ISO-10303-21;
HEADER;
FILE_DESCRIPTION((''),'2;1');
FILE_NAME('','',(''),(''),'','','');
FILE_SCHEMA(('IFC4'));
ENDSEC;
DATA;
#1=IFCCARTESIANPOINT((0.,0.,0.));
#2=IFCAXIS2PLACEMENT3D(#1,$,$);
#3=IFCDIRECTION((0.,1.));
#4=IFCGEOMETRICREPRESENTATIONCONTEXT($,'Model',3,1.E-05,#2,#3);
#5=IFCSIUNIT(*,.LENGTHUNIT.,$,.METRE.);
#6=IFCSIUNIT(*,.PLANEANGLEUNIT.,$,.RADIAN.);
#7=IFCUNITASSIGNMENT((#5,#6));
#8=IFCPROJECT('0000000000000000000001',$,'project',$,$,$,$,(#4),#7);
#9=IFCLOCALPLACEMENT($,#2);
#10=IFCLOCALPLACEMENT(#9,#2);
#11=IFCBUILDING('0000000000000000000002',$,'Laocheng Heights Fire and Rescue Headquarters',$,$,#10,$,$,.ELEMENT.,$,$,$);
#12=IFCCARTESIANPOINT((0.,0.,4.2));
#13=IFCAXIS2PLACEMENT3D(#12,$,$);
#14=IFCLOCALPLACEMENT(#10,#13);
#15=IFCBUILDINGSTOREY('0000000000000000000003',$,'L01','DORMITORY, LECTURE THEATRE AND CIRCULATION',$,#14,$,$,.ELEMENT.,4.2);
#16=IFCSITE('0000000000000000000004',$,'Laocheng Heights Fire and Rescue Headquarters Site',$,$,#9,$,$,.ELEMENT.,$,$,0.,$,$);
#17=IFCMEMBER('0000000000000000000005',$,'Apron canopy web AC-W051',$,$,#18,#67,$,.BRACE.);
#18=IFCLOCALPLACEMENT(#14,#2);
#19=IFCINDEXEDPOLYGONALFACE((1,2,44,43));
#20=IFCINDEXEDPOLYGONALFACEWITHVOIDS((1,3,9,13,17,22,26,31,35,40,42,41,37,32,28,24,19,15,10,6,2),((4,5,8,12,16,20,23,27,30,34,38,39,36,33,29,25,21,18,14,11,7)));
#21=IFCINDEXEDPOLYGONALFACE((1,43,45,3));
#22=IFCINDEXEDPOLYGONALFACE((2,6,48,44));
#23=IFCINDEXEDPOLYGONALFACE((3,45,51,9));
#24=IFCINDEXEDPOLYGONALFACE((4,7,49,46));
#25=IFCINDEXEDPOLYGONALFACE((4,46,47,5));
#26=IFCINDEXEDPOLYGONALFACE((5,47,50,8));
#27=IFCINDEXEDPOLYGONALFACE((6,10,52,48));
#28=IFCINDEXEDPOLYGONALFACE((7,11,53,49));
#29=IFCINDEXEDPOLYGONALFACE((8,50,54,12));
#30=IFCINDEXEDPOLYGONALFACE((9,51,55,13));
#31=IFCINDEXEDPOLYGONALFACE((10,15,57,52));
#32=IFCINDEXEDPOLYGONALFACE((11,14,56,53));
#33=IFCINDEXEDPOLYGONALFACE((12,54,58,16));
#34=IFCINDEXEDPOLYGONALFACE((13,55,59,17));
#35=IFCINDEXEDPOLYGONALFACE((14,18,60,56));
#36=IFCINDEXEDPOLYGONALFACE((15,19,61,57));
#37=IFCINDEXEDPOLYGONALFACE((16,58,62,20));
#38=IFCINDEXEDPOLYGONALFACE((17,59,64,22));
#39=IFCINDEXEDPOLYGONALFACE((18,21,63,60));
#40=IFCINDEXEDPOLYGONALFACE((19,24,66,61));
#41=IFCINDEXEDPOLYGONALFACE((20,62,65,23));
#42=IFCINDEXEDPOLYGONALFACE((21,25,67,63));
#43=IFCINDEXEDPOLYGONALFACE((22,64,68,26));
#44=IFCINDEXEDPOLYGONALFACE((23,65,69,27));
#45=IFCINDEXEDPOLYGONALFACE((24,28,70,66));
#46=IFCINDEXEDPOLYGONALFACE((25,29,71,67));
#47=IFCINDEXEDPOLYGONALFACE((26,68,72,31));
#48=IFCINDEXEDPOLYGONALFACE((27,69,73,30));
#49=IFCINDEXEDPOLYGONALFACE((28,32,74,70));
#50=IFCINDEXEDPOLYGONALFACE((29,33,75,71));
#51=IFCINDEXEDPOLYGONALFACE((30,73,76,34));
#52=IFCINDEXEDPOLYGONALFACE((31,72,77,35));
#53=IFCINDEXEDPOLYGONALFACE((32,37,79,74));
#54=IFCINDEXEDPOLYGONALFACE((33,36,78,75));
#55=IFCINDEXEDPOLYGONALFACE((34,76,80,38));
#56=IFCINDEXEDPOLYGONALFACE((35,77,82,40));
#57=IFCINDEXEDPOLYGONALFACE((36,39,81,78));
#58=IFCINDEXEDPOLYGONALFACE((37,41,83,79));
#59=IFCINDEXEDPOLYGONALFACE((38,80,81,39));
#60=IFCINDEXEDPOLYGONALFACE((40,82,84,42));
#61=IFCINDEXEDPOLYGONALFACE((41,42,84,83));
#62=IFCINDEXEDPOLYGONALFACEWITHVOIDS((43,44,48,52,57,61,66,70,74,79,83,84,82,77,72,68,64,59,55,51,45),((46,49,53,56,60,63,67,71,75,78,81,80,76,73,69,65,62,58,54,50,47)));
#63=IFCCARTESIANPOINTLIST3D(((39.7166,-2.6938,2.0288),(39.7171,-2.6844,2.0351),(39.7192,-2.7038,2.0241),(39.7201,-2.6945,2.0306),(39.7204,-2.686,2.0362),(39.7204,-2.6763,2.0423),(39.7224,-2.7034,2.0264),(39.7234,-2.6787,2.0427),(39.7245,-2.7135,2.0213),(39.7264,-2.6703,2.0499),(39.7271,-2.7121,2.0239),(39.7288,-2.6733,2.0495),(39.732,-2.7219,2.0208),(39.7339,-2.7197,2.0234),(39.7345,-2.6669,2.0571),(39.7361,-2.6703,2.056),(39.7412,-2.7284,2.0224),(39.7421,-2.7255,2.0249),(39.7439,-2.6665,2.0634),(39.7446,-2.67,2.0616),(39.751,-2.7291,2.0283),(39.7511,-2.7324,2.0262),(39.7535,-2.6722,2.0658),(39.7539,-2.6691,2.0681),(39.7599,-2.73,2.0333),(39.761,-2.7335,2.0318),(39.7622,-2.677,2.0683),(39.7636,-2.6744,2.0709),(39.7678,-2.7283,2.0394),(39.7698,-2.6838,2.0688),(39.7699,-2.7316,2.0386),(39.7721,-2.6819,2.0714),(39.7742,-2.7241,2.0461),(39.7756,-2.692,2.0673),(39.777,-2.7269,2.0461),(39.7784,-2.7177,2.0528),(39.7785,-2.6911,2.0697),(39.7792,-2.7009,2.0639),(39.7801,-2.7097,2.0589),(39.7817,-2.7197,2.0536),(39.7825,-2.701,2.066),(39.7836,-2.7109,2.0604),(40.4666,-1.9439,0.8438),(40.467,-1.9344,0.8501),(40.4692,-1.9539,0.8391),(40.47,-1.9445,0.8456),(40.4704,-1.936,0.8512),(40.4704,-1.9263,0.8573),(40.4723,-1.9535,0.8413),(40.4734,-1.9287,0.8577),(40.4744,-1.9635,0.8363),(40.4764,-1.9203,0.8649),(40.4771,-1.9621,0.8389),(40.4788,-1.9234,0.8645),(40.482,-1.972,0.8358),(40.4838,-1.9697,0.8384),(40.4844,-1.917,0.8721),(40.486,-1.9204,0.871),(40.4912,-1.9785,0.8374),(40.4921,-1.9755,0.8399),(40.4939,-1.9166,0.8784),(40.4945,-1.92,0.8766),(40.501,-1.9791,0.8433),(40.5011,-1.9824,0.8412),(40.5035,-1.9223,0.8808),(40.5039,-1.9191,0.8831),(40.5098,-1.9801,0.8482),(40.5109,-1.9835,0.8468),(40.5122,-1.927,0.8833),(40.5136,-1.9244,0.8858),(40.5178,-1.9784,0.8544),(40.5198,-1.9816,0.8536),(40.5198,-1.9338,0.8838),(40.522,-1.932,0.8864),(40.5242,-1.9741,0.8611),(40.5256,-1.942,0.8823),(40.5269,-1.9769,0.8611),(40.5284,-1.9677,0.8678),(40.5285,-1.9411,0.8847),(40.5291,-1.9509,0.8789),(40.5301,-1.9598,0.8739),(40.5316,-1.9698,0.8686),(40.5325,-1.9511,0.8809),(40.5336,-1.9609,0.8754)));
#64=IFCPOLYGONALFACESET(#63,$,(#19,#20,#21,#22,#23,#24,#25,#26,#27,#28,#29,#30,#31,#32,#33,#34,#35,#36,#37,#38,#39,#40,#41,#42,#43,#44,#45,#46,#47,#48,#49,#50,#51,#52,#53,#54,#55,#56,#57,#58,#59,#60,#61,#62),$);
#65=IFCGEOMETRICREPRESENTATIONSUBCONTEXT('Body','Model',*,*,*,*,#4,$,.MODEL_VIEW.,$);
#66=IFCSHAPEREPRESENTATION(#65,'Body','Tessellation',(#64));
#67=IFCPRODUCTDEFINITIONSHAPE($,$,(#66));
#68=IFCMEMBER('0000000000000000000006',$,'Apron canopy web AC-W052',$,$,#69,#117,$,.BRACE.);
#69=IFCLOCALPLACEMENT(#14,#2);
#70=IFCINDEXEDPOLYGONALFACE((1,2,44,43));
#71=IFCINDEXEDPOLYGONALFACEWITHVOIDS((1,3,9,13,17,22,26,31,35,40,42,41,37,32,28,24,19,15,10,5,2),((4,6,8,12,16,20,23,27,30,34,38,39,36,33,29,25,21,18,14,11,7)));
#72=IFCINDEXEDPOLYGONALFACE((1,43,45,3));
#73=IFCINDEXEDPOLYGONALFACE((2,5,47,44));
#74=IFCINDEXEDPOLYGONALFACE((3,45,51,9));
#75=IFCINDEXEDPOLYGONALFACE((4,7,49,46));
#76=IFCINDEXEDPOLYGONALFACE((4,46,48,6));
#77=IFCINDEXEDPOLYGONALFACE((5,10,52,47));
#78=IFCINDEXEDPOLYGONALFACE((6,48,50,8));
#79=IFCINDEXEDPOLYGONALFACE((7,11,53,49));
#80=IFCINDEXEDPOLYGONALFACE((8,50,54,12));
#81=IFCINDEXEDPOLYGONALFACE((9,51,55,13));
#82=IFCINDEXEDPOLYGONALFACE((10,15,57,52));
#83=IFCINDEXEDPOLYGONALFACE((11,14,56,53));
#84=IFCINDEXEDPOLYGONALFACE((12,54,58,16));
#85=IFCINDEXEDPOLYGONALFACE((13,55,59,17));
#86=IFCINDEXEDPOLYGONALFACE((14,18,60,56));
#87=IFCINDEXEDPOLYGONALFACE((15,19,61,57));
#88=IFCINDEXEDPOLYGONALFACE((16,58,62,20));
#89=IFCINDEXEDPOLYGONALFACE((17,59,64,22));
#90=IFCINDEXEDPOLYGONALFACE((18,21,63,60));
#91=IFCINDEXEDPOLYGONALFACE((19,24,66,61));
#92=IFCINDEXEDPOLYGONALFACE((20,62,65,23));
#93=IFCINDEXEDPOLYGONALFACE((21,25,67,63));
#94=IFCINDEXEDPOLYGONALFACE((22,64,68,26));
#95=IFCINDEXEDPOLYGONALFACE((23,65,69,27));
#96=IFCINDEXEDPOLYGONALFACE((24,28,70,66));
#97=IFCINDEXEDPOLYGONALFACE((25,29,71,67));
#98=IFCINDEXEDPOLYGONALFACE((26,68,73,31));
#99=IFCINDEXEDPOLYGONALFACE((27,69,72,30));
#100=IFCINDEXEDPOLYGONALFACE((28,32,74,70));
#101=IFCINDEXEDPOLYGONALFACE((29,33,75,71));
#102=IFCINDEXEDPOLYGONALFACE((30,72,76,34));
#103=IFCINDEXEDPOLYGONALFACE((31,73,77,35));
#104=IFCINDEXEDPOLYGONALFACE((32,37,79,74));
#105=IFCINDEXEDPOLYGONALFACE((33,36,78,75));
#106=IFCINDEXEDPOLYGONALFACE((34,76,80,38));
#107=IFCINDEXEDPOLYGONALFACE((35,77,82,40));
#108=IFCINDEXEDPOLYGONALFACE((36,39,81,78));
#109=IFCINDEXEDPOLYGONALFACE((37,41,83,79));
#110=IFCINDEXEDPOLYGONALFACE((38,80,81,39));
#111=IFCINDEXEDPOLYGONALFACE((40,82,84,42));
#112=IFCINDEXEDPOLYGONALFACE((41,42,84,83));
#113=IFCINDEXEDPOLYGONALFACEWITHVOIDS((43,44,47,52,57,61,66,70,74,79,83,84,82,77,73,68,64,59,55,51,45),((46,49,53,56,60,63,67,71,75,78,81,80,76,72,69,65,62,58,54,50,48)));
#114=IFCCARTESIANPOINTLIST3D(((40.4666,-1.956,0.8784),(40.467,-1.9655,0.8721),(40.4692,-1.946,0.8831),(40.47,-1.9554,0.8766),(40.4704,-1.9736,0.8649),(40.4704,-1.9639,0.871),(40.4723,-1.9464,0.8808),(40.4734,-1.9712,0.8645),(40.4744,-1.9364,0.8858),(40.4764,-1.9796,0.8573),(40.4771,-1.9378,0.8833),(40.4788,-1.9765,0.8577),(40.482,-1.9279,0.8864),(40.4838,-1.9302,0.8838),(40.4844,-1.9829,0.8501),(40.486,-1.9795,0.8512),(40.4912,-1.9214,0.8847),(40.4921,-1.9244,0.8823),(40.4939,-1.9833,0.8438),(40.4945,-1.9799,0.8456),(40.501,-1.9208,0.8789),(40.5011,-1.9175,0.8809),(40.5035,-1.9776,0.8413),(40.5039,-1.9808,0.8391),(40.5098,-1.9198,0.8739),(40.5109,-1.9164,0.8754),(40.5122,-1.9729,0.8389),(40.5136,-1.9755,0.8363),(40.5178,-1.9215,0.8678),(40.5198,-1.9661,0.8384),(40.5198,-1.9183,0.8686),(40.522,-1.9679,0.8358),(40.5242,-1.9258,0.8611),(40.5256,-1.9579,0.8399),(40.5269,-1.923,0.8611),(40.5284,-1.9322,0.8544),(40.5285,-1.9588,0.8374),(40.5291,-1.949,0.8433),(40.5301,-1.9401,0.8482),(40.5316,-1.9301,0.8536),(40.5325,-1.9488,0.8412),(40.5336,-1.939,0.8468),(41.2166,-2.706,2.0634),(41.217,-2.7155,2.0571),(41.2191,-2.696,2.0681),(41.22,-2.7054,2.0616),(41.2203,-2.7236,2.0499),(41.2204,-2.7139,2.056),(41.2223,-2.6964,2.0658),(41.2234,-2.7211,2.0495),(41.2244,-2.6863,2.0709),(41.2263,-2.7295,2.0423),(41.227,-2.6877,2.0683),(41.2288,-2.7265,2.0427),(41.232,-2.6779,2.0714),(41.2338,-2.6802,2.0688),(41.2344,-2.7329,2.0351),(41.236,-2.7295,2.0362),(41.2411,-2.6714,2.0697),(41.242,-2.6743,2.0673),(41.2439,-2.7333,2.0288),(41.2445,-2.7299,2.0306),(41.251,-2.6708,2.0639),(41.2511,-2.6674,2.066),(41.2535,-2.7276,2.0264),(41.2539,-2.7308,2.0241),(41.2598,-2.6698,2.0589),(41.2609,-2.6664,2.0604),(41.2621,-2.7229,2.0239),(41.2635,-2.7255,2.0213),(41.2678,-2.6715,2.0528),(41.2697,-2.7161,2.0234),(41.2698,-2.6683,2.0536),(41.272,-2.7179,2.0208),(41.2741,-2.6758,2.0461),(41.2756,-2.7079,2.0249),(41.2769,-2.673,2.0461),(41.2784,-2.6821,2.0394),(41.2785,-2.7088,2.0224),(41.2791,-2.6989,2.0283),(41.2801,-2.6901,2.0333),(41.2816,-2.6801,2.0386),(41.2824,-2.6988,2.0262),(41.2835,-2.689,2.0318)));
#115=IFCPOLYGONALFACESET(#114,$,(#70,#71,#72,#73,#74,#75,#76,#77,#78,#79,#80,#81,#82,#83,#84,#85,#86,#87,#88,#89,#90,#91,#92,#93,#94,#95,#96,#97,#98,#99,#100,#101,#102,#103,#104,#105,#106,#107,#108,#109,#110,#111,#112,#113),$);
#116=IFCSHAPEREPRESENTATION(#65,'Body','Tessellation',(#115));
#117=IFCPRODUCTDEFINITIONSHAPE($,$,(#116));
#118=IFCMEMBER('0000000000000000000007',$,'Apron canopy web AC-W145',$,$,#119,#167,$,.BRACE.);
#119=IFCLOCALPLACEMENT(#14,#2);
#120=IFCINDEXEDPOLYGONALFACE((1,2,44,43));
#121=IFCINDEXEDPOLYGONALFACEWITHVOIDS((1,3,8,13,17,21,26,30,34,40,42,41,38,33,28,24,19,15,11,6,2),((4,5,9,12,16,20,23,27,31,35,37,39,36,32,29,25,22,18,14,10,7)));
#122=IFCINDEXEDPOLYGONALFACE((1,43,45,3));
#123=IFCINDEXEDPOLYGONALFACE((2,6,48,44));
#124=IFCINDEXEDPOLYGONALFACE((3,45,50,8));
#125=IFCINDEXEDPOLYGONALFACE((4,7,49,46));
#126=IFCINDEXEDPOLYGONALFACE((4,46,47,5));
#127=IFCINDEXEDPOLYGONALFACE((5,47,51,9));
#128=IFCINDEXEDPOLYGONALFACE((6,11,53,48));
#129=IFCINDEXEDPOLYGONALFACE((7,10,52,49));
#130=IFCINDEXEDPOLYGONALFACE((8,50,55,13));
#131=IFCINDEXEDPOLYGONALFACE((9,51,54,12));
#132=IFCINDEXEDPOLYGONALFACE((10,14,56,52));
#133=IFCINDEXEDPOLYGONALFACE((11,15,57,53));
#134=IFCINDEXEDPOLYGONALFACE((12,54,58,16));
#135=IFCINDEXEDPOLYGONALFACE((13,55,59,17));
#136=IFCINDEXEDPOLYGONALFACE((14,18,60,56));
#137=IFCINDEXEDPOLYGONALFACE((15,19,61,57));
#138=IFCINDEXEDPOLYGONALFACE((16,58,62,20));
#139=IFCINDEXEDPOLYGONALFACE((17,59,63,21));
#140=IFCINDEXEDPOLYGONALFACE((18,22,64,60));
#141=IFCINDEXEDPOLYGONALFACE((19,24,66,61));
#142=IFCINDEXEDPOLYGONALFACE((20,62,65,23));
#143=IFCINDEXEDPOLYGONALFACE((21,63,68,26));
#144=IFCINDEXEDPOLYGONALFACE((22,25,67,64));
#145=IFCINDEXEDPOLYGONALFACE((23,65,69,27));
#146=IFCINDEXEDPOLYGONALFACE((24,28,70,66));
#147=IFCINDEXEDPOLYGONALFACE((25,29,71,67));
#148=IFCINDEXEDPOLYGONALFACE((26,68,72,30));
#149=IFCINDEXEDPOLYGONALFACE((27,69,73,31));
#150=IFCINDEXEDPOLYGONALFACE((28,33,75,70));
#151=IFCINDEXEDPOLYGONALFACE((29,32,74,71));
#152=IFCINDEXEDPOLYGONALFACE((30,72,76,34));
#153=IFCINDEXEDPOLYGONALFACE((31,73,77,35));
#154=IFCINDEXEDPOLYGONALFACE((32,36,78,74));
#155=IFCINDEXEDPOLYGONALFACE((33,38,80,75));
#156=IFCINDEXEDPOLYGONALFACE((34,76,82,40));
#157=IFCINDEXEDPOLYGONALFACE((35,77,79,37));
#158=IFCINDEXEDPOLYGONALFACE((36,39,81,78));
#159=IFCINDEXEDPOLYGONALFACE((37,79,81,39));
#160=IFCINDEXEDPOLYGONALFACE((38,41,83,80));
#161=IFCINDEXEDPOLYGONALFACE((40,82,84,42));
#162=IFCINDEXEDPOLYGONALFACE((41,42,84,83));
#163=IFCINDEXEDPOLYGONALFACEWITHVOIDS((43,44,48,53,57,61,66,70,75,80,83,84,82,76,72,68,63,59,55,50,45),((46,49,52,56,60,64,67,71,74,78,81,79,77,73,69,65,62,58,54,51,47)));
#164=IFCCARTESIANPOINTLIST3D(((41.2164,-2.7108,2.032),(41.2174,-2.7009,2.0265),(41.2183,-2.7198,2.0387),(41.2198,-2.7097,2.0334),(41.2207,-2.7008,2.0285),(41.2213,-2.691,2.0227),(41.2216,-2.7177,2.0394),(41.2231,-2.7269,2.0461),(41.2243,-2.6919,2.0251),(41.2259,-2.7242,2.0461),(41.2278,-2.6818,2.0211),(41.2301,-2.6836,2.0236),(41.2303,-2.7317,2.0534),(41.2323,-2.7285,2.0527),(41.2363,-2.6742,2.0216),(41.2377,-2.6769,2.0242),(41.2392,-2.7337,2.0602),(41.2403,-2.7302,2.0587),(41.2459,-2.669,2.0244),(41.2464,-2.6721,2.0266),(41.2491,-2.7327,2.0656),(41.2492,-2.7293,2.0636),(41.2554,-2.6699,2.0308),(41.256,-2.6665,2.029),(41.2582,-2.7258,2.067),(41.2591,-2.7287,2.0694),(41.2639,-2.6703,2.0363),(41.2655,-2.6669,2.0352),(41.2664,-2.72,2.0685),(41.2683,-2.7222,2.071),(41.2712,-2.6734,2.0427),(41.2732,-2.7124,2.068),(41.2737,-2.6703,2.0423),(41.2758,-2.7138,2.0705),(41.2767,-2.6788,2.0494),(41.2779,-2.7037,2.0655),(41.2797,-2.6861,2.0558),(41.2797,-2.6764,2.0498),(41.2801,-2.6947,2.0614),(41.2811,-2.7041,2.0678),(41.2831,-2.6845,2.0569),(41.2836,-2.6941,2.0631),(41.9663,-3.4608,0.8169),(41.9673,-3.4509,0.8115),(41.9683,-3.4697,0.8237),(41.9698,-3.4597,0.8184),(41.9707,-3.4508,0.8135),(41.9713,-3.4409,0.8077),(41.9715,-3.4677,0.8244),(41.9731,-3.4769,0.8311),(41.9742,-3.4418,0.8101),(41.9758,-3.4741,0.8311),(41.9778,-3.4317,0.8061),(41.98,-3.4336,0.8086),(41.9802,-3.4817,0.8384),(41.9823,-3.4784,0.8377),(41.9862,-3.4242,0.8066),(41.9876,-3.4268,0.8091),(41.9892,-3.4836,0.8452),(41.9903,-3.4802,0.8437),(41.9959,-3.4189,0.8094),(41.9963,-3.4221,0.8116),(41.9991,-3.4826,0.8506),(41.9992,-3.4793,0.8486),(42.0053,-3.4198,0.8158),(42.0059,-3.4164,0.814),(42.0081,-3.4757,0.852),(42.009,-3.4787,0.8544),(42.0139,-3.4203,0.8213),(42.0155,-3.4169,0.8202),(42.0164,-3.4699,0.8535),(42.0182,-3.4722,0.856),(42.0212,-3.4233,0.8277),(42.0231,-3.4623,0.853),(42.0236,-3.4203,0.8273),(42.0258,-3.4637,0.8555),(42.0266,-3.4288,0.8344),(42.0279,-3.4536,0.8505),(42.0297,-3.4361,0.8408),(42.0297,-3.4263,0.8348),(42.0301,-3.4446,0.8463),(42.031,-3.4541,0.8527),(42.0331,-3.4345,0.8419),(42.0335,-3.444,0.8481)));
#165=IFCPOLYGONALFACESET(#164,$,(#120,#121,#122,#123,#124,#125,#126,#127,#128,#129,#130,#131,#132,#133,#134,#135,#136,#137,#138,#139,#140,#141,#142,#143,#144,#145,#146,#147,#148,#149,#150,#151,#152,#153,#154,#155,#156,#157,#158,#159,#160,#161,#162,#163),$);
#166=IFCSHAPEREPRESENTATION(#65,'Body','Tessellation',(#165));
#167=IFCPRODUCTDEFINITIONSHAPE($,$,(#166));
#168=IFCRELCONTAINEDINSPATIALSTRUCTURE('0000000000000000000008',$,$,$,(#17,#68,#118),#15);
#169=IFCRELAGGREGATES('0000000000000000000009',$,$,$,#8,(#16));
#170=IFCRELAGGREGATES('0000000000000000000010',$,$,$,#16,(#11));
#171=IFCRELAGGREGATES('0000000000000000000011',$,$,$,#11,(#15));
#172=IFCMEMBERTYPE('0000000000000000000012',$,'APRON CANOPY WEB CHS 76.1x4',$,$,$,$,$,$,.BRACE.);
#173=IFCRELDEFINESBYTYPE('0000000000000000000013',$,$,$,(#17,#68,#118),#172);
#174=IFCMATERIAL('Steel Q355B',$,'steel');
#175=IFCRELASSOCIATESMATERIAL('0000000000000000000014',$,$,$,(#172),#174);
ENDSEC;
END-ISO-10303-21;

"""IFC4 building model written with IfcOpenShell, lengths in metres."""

from ifc_helpers import new_model, si_unit, direction, frame, origin, origin_2d, place, context, subcontext, project, spatial, hollow_circle, extrude, material, material_profile, profile_set, type_object, element, save


model = new_model("IFC4")

# Units and contexts
model_context = context("Model", 3, precision=1e-05, world=origin(), true_north=direction((0.0, 1.0)))
body_context = subcontext(model_context, "Body", "Model", "MODEL_VIEW")
ifc_project = project(units=[si_unit("LENGTHUNIT", "METRE"), si_unit("PLANEANGLEUNIT", "RADIAN")], contexts=[model_context])

# Site, building, storey
site_placement = place(None, origin())
site = spatial("IfcSite", under=ifc_project, at=site_placement, Name="Laocheng Heights Fire and Rescue Headquarters Site", CompositionType="ELEMENT", RefElevation=0.0)
building_placement = place(site_placement, origin())
building = spatial("IfcBuilding", under=site, at=building_placement, Name="Laocheng Heights Fire and Rescue Headquarters", CompositionType="ELEMENT")
storey_placement = place(building_placement, frame((0.0, 0.0, 4.2)))
storey = spatial("IfcBuildingStorey", under=building, at=storey_placement, Name="L01", Description="DORMITORY, LECTURE THEATRE AND CIRCULATION", CompositionType="ELEMENT", Elevation=4.2)

# Members
ifc_material_1 = material(Name="Steel Q355B", Category="steel")
ifc_material_profile_1 = material_profile(ifc_material_1, hollow_circle(Radius=0.0381, WallThickness=0.0039, at=origin_2d()), Name="CHS 76.1x4")
ifc_profile_set_1 = profile_set([ifc_material_profile_1], Name="Steel Q355B")
member_type_1 = type_object("IfcMemberType", Name="APRON CANOPY WEB CHS 76.1x4", PredefinedType="BRACE", material=ifc_profile_set_1)
for number, where, z_axis, x_axis, name in (
    (1, (40.5, -1.95, 0.8611), (-0.47158, -0.47158, 0.745134), (0.707107, -0.707107, 0.0), "Apron canopy web AC-W051"),
    (2, (40.5, -1.95, 0.8611), (0.47158, -0.47158, 0.745134), (0.707107, 0.707107, 0.0), "Apron canopy web AC-W052"),
):
    element("IfcMember", number, at=place(storey_placement, frame(where, z_axis=z_axis, x_axis=x_axis)), inside=storey, type_object=member_type_1, Name=name, PredefinedType="BRACE", context=body_context, shape_type="SweptSolid", body=[
        extrude(hollow_circle(Radius=0.0381, WallThickness=0.0039, at=origin_2d()), origin(), (0.0, 0.0, 1.0), 1.5903),
    ])
for number, where, z_axis, x_axis, name in (
    (3, (42.0, -3.45, 0.8311), (-0.465002, 0.465002, 0.753357), (-0.707107, -0.707107, 0.0), "Apron canopy web AC-W145"),
):
    element("IfcMember", number, at=place(storey_placement, frame(where, z_axis=z_axis, x_axis=x_axis)), inside=storey, type_object=member_type_1, Name=name, PredefinedType="BRACE", context=body_context, shape_type="SweptSolid", body=[
        extrude(hollow_circle(Radius=0.0381, WallThickness=0.0039, at=origin_2d()), origin(), (0.0, 0.0, 1.0), 1.6128),
    ])

save(model, "model.ifc")
